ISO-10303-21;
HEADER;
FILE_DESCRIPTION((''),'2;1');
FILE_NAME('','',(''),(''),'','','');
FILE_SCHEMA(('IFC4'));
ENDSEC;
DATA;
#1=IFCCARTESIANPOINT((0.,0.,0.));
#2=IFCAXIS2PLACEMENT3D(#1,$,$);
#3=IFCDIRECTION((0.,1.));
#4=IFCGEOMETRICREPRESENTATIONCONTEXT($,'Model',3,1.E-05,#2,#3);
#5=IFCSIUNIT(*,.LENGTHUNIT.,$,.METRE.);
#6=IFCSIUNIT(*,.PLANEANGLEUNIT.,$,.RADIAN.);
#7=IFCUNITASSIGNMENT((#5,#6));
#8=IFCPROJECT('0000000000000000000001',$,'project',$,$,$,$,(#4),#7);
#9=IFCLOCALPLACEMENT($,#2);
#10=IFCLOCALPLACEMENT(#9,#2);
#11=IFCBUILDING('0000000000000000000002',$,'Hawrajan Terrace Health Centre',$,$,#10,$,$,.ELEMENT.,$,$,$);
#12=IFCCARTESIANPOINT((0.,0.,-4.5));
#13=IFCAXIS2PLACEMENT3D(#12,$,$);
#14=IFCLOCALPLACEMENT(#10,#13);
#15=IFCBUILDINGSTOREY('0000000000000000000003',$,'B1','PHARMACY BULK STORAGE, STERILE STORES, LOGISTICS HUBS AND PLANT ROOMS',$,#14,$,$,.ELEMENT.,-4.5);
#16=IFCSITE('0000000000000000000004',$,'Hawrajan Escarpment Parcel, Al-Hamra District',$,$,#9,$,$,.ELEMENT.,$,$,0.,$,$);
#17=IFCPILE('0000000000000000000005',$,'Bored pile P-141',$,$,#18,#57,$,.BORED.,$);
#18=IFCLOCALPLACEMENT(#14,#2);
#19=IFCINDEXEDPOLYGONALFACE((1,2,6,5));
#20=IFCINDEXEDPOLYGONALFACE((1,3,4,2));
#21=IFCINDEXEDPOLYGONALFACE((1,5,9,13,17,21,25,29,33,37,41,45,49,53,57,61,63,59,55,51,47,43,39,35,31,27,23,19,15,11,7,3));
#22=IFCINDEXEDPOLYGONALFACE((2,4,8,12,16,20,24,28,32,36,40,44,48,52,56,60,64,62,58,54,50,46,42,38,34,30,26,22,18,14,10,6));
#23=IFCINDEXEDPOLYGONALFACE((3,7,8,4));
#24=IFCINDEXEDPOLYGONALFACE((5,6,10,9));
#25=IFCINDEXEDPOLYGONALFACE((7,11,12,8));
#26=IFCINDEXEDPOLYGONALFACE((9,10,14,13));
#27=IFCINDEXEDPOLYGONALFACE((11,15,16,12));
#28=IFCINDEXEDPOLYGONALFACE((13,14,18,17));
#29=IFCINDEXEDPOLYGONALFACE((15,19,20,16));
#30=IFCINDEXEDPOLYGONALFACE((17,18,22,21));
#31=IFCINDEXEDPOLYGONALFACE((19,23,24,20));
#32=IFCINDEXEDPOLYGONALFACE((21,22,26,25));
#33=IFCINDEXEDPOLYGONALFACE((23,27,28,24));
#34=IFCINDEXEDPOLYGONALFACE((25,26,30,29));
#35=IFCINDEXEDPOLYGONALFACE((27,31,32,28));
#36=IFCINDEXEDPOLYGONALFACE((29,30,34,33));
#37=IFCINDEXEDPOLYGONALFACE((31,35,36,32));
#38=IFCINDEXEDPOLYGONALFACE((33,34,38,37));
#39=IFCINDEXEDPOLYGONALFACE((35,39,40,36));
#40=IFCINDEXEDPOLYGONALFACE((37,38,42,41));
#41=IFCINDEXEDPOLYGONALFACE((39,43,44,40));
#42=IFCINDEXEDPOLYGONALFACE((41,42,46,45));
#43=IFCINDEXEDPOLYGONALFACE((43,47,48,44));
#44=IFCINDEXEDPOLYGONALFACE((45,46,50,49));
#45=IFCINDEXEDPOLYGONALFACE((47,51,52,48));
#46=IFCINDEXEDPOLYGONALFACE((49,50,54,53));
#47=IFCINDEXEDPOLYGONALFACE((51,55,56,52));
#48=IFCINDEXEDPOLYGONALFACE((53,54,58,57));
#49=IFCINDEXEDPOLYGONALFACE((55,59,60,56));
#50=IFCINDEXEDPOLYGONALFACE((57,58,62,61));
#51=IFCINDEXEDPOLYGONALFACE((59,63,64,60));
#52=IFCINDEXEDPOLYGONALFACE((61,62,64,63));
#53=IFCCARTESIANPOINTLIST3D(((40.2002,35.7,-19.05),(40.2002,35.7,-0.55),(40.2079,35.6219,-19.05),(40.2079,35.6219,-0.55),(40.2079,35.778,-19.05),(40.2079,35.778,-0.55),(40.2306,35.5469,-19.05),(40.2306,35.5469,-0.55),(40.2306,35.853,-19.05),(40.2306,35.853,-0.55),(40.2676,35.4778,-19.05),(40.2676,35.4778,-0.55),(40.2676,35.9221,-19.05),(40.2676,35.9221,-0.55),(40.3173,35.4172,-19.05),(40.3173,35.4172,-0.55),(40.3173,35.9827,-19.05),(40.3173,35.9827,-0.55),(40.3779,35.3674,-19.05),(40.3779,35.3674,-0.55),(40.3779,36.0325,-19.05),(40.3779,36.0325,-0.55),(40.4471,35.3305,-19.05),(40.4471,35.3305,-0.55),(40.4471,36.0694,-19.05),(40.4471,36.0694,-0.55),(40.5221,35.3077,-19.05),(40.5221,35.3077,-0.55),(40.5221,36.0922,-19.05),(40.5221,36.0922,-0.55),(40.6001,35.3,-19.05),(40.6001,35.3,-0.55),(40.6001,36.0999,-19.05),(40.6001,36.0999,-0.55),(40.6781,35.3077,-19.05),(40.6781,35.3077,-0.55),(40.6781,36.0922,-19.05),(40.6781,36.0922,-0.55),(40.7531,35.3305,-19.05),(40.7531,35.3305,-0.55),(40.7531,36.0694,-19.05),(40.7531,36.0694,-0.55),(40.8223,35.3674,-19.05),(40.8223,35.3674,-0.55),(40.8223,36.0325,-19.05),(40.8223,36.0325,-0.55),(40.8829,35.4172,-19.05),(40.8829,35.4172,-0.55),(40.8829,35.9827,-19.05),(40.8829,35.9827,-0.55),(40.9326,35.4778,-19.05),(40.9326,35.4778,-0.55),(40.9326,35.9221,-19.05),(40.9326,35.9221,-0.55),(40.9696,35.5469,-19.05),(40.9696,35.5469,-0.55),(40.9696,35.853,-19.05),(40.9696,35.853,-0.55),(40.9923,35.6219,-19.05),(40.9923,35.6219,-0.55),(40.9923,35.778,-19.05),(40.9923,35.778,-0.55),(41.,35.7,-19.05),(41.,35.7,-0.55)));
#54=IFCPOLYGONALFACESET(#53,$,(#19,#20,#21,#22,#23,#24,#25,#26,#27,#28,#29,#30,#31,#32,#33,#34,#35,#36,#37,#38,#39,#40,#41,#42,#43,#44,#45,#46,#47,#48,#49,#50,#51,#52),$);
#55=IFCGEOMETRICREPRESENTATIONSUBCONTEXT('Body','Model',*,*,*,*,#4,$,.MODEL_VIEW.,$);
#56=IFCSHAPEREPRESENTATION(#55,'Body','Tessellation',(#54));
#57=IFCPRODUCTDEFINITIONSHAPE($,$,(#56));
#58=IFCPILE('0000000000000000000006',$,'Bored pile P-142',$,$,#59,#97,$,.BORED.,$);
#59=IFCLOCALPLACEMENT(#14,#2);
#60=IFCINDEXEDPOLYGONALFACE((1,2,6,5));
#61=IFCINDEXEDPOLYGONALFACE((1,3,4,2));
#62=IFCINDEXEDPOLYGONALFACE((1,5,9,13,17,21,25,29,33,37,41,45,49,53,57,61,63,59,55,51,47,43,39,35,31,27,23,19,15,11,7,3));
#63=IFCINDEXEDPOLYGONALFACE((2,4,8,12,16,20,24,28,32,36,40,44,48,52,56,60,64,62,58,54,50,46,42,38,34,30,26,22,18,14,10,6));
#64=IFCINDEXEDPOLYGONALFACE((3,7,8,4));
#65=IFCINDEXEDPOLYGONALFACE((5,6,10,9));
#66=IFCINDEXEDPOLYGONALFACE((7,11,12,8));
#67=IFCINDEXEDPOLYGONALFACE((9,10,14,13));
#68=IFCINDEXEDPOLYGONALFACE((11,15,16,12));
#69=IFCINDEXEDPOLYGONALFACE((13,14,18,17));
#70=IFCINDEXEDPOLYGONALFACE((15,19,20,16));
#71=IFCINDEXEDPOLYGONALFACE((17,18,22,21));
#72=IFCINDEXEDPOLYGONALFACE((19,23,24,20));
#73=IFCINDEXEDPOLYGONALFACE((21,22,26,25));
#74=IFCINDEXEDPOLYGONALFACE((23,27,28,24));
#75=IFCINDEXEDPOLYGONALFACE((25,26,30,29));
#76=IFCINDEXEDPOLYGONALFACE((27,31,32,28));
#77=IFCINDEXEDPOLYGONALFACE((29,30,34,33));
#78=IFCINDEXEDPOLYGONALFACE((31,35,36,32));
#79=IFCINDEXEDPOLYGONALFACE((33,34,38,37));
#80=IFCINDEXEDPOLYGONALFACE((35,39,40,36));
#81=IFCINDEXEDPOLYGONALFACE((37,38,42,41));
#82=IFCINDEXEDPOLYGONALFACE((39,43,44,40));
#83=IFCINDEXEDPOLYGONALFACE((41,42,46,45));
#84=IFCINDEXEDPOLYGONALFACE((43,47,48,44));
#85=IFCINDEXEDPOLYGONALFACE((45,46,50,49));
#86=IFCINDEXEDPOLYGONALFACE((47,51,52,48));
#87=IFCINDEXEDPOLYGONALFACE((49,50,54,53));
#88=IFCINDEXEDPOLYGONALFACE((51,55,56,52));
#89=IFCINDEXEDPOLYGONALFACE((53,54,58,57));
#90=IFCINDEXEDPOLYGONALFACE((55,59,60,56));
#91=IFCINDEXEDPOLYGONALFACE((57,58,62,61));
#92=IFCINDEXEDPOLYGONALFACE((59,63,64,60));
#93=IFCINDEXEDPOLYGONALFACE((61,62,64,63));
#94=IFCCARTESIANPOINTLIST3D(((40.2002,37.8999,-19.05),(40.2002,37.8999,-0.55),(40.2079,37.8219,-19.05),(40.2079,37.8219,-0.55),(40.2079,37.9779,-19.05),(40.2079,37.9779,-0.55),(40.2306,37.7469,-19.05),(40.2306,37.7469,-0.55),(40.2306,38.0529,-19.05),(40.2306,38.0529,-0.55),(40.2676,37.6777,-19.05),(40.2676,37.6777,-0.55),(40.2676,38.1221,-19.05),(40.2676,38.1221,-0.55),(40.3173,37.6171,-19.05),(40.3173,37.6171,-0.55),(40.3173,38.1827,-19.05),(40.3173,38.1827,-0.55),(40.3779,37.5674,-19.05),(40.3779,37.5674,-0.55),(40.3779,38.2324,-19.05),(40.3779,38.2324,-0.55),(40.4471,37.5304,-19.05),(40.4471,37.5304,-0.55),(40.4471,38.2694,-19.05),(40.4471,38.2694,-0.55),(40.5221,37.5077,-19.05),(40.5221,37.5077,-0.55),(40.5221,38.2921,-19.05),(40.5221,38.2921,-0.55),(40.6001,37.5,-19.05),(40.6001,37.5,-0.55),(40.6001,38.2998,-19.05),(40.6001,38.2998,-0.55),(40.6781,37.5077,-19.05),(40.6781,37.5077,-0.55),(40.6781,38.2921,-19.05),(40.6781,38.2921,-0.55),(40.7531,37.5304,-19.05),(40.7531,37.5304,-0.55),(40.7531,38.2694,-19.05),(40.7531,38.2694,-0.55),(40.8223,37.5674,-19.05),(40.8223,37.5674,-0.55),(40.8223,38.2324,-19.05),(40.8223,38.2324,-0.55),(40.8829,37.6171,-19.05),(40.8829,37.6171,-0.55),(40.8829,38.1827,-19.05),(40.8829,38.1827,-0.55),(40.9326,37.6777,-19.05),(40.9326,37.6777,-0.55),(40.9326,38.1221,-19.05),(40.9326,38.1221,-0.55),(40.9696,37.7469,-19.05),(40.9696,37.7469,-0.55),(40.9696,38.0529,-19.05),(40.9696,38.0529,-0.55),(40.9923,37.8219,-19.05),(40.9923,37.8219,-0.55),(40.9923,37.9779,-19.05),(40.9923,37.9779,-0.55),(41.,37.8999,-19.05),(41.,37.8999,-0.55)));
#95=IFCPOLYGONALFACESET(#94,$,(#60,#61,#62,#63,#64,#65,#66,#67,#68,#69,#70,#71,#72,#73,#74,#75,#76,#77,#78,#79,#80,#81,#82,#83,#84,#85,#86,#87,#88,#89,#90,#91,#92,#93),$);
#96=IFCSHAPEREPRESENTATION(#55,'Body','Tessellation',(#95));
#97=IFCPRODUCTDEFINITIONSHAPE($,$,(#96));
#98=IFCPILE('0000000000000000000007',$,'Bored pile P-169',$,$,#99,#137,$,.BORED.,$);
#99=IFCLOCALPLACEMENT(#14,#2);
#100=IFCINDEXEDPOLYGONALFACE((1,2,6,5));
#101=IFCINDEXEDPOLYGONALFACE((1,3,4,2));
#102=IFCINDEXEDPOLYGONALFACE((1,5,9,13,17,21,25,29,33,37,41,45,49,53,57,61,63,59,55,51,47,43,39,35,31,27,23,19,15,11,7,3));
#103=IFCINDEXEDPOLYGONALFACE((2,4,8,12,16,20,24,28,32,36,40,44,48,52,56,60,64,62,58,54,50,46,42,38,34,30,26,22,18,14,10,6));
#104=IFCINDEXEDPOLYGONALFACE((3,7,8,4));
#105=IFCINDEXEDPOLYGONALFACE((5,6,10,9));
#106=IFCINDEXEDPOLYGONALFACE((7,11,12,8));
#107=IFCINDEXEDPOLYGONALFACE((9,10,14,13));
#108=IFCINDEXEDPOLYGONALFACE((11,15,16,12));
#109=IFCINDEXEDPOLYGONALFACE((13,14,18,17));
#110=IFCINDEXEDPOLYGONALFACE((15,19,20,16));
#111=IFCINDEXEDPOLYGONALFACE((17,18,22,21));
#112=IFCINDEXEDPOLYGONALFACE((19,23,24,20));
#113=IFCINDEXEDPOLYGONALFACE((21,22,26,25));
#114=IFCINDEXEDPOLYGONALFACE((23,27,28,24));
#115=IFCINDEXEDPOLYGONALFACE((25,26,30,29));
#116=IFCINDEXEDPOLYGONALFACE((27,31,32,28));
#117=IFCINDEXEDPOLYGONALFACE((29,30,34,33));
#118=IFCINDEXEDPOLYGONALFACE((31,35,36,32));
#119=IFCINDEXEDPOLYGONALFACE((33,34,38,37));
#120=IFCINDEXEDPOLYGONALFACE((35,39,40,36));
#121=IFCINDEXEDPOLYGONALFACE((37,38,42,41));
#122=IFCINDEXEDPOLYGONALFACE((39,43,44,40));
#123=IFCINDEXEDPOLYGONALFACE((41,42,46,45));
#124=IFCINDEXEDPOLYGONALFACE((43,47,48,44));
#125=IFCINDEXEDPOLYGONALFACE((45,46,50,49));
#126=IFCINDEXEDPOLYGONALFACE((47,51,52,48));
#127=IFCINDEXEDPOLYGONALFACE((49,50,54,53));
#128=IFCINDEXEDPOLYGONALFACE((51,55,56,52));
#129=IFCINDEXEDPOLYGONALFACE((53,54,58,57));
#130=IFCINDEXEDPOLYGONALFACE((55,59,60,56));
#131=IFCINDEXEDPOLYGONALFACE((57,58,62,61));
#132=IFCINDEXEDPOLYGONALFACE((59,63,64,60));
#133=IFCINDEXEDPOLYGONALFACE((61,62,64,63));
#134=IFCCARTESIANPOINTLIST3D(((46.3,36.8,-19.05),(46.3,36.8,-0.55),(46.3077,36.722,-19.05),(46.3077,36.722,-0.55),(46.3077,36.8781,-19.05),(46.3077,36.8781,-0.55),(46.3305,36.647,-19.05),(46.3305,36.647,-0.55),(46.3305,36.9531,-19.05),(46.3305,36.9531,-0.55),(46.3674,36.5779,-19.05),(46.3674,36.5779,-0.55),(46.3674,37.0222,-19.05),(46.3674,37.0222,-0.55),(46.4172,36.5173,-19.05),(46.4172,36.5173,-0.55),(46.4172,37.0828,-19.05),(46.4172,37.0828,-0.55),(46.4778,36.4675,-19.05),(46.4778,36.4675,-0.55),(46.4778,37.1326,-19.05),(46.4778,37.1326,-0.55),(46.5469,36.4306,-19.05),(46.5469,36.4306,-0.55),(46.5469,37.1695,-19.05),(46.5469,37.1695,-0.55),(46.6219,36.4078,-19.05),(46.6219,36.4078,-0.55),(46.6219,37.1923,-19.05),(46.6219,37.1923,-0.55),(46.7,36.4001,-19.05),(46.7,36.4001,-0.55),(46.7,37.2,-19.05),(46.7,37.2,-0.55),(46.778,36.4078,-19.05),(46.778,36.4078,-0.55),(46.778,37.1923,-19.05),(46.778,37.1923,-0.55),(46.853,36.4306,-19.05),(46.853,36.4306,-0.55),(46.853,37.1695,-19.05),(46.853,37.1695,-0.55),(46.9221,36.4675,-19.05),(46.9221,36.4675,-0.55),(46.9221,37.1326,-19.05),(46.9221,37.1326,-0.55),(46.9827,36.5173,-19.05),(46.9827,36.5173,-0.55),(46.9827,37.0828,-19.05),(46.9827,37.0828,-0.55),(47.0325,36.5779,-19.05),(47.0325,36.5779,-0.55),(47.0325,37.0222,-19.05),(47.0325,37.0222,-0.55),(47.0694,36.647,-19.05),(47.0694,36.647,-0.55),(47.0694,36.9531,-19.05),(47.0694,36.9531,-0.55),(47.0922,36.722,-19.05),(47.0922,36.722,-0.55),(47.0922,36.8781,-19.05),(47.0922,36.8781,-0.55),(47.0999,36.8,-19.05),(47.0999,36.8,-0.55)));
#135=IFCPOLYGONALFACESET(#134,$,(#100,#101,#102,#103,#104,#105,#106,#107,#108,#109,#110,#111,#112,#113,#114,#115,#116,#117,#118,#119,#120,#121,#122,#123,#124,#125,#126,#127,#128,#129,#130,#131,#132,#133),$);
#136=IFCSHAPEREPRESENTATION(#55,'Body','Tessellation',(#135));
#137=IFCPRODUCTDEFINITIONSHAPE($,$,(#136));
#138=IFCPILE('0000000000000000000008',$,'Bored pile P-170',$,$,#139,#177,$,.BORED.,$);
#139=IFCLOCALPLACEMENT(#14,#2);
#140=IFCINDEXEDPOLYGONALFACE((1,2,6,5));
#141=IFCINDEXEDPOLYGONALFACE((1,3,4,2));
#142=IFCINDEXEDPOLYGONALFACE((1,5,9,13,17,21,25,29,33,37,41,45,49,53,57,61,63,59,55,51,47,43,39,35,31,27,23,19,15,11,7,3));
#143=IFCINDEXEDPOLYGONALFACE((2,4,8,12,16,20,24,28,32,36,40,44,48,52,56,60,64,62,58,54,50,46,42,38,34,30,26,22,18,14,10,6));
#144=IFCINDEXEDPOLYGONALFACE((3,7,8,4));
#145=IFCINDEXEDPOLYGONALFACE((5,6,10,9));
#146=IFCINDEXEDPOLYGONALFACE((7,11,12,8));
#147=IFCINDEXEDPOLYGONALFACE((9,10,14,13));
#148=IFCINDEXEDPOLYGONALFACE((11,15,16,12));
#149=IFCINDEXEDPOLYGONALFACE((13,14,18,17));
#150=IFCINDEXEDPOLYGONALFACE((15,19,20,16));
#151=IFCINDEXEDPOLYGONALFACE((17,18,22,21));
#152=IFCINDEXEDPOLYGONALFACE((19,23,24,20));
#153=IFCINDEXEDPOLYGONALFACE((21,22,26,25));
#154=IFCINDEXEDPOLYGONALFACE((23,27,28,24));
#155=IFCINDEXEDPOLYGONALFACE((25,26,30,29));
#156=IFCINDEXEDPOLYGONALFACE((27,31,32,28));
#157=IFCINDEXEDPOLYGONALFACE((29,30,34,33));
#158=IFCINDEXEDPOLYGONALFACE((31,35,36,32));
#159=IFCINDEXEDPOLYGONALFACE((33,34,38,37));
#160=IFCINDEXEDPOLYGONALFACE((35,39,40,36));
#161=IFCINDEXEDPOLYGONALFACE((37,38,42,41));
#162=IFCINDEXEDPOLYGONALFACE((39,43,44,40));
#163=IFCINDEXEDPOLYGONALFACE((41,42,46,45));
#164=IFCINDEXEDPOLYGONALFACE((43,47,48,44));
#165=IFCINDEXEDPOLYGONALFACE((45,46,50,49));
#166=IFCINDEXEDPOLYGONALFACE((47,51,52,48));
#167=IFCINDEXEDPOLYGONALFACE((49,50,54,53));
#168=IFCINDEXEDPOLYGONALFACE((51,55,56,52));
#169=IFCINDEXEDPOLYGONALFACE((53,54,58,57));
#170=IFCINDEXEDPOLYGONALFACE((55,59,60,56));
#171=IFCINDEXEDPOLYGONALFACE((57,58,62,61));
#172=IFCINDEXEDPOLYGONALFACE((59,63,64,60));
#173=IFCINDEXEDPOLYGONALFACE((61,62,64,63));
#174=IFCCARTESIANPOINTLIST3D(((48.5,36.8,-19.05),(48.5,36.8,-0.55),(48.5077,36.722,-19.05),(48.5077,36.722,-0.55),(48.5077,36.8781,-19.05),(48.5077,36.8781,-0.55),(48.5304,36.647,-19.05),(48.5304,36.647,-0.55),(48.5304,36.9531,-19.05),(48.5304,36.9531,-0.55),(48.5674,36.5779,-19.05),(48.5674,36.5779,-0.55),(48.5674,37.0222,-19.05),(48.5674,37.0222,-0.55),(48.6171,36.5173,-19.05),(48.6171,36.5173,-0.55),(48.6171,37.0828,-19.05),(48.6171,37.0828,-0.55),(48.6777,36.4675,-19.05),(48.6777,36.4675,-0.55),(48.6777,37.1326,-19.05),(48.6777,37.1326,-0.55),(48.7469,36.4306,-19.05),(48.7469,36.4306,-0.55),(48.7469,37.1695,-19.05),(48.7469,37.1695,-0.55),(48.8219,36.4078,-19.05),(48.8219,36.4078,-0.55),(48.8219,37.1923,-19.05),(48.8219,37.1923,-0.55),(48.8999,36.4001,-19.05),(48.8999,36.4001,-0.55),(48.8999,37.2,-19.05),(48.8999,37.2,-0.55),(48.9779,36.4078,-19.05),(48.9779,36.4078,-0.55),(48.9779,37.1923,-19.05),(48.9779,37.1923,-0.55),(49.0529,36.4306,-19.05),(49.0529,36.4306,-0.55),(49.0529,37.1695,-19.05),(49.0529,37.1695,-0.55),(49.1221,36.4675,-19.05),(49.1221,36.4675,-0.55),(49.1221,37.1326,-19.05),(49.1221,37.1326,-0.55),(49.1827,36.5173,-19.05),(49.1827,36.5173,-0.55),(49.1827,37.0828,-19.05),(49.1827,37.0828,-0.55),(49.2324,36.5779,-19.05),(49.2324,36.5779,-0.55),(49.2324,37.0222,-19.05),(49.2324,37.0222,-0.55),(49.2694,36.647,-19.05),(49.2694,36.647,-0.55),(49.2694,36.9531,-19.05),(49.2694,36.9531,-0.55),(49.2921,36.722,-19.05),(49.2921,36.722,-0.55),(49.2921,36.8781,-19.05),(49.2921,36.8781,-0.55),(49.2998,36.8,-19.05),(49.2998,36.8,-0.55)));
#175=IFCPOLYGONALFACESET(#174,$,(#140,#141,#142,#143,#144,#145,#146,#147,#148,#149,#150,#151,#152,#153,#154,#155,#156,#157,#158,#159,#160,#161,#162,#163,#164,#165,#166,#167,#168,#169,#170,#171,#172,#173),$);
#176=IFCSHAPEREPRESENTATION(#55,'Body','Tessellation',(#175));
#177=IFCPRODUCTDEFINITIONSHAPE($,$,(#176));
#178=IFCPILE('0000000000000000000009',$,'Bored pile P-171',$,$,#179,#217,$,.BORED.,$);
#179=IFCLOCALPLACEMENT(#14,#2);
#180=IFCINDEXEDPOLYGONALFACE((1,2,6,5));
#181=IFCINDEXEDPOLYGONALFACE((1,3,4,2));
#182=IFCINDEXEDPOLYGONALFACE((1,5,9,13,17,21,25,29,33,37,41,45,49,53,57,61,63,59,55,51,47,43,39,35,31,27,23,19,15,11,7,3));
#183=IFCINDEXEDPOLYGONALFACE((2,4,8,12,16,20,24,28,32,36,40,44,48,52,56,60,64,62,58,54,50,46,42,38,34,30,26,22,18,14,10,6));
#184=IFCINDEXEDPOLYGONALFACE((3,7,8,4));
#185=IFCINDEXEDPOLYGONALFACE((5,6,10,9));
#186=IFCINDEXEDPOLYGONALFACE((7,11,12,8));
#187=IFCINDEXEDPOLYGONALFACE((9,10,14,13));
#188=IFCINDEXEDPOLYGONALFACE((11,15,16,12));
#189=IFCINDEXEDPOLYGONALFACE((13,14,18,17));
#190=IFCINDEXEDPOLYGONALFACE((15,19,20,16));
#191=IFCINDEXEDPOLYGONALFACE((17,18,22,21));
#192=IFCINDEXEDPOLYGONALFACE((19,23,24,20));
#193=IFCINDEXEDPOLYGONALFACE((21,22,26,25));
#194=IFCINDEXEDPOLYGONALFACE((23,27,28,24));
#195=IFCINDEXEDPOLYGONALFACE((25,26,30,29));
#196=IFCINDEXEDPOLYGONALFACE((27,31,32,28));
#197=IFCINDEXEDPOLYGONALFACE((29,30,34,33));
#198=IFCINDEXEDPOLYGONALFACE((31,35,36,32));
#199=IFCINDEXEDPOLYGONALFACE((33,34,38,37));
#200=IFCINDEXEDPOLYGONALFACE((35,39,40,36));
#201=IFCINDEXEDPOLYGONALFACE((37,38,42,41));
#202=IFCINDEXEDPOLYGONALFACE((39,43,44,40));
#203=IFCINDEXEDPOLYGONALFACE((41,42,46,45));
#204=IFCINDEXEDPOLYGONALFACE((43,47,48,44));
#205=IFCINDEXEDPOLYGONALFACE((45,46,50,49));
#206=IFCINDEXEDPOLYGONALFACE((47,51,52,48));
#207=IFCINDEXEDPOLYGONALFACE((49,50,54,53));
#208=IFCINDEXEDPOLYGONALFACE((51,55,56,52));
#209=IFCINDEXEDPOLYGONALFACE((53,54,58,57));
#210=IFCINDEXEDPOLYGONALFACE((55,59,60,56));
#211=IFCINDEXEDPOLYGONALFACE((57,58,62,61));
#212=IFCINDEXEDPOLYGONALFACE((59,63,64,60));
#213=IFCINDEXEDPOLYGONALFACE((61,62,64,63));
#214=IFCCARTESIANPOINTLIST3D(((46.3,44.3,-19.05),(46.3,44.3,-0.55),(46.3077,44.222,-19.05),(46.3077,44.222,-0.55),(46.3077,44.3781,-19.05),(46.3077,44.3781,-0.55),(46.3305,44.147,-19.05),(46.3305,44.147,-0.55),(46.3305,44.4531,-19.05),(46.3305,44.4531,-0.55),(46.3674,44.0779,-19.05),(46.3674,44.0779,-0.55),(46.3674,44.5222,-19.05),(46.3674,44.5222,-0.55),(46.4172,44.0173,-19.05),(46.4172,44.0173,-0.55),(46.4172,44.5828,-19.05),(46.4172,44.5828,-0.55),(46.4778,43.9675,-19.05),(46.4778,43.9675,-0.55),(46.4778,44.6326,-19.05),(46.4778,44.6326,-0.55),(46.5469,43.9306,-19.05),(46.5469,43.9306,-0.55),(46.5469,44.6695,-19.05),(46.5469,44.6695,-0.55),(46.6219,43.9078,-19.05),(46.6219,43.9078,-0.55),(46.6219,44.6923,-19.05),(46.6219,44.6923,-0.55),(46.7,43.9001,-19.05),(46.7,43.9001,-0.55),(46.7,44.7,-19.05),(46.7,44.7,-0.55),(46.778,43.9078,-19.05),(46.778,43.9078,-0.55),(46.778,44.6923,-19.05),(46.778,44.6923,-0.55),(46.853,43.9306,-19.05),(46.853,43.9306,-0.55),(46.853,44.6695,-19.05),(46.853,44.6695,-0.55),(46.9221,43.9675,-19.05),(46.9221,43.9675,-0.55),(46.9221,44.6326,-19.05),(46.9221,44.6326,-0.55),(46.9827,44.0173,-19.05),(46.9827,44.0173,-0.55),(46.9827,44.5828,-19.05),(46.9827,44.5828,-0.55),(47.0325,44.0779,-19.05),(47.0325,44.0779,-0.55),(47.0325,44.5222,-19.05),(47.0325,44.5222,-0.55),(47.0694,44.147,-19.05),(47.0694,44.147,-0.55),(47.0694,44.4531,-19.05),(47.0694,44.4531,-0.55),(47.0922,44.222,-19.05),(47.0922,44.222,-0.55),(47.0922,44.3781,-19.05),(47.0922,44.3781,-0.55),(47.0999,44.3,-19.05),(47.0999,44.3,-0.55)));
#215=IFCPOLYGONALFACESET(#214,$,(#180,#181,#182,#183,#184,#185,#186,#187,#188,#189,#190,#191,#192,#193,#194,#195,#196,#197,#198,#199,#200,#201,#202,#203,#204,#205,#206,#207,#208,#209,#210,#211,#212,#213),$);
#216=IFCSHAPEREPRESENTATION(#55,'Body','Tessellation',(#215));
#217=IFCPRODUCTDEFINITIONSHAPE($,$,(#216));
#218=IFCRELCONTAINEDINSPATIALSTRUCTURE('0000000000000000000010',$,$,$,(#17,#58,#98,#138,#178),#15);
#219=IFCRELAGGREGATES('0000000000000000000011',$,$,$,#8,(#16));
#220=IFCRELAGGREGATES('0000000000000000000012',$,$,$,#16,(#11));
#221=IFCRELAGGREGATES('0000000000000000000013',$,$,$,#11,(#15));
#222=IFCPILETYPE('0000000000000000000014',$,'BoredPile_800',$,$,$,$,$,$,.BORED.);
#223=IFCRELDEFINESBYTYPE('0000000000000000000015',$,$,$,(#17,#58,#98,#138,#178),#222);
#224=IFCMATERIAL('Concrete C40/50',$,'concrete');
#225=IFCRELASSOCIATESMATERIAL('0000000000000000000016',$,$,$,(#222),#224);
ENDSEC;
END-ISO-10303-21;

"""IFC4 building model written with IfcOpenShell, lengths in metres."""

from ifc_helpers import new_model, si_unit, direction, frame, origin, origin_2d, place, context, subcontext, project, spatial, circle, extrude, material, material_profile, profile_set, type_object, element, save


model = new_model("IFC4")

# Units and contexts
model_context = context("Model", 3, precision=1e-05, world=origin(), true_north=direction((0.0, 1.0)))
body_context = subcontext(model_context, "Body", "Model", "MODEL_VIEW")
ifc_project = project(units=[si_unit("LENGTHUNIT", "METRE"), si_unit("PLANEANGLEUNIT", "RADIAN")], contexts=[model_context])

# Site, building, storey
site_placement = place(None, origin())
site = spatial("IfcSite", under=ifc_project, at=site_placement, Name="Hawrajan Escarpment Parcel, Al-Hamra District", CompositionType="ELEMENT", RefElevation=0.0)
building_placement = place(site_placement, origin())
building = spatial("IfcBuilding", under=site, at=building_placement, Name="Hawrajan Terrace Health Centre", CompositionType="ELEMENT")
storey_placement = place(building_placement, frame((0.0, 0.0, -4.5)))
storey = spatial("IfcBuildingStorey", under=building, at=storey_placement, Name="B1", Description="PHARMACY BULK STORAGE, STERILE STORES, LOGISTICS HUBS AND PLANT ROOMS", CompositionType="ELEMENT", Elevation=-4.5)

# Piles
ifc_material_1 = material(Name="Concrete C40/50", Category="concrete")
ifc_material_profile_1 = material_profile(ifc_material_1, circle(Radius=0.3999, at=origin_2d()), Name="BP 800")
ifc_profile_set_1 = profile_set([ifc_material_profile_1], Name="Concrete C40/50")
pile_type_1 = type_object("IfcPileType", Name="BoredPile_800", PredefinedType="BORED", material=ifc_profile_set_1)
for number, where, z_axis, x_axis, name in (
    (1, (40.6001, 35.7, -0.55), (0.0, 0.0, -1.0), (1.0, 0.0, 0.0), "Bored pile P-141"),
    (2, (40.6001, 37.8999, -0.55), (0.0, 0.0, -1.0), (1.0, 0.0, 0.0), "Bored pile P-142"),
    (3, (46.7, 36.8, -0.55), (0.0, 0.0, -1.0), (1.0, 0.0, 0.0), "Bored pile P-169"),
    (4, (48.8999, 36.8, -0.55), (0.0, 0.0, -1.0), (1.0, 0.0, 0.0), "Bored pile P-170"),
    (5, (46.7, 44.3, -0.55), (0.0, 0.0, -1.0), (1.0, 0.0, 0.0), "Bored pile P-171"),
):
    element("IfcPile", number, at=place(storey_placement, frame(where, z_axis=z_axis, x_axis=x_axis)), inside=storey, type_object=pile_type_1, Name=name, PredefinedType="BORED", context=body_context, shape_type="SweptSolid", body=[
        extrude(circle(Radius=0.3999, at=origin_2d()), origin(), (0.0, 0.0, 1.0), 18.5),
    ])

save(model, "model.ifc")
